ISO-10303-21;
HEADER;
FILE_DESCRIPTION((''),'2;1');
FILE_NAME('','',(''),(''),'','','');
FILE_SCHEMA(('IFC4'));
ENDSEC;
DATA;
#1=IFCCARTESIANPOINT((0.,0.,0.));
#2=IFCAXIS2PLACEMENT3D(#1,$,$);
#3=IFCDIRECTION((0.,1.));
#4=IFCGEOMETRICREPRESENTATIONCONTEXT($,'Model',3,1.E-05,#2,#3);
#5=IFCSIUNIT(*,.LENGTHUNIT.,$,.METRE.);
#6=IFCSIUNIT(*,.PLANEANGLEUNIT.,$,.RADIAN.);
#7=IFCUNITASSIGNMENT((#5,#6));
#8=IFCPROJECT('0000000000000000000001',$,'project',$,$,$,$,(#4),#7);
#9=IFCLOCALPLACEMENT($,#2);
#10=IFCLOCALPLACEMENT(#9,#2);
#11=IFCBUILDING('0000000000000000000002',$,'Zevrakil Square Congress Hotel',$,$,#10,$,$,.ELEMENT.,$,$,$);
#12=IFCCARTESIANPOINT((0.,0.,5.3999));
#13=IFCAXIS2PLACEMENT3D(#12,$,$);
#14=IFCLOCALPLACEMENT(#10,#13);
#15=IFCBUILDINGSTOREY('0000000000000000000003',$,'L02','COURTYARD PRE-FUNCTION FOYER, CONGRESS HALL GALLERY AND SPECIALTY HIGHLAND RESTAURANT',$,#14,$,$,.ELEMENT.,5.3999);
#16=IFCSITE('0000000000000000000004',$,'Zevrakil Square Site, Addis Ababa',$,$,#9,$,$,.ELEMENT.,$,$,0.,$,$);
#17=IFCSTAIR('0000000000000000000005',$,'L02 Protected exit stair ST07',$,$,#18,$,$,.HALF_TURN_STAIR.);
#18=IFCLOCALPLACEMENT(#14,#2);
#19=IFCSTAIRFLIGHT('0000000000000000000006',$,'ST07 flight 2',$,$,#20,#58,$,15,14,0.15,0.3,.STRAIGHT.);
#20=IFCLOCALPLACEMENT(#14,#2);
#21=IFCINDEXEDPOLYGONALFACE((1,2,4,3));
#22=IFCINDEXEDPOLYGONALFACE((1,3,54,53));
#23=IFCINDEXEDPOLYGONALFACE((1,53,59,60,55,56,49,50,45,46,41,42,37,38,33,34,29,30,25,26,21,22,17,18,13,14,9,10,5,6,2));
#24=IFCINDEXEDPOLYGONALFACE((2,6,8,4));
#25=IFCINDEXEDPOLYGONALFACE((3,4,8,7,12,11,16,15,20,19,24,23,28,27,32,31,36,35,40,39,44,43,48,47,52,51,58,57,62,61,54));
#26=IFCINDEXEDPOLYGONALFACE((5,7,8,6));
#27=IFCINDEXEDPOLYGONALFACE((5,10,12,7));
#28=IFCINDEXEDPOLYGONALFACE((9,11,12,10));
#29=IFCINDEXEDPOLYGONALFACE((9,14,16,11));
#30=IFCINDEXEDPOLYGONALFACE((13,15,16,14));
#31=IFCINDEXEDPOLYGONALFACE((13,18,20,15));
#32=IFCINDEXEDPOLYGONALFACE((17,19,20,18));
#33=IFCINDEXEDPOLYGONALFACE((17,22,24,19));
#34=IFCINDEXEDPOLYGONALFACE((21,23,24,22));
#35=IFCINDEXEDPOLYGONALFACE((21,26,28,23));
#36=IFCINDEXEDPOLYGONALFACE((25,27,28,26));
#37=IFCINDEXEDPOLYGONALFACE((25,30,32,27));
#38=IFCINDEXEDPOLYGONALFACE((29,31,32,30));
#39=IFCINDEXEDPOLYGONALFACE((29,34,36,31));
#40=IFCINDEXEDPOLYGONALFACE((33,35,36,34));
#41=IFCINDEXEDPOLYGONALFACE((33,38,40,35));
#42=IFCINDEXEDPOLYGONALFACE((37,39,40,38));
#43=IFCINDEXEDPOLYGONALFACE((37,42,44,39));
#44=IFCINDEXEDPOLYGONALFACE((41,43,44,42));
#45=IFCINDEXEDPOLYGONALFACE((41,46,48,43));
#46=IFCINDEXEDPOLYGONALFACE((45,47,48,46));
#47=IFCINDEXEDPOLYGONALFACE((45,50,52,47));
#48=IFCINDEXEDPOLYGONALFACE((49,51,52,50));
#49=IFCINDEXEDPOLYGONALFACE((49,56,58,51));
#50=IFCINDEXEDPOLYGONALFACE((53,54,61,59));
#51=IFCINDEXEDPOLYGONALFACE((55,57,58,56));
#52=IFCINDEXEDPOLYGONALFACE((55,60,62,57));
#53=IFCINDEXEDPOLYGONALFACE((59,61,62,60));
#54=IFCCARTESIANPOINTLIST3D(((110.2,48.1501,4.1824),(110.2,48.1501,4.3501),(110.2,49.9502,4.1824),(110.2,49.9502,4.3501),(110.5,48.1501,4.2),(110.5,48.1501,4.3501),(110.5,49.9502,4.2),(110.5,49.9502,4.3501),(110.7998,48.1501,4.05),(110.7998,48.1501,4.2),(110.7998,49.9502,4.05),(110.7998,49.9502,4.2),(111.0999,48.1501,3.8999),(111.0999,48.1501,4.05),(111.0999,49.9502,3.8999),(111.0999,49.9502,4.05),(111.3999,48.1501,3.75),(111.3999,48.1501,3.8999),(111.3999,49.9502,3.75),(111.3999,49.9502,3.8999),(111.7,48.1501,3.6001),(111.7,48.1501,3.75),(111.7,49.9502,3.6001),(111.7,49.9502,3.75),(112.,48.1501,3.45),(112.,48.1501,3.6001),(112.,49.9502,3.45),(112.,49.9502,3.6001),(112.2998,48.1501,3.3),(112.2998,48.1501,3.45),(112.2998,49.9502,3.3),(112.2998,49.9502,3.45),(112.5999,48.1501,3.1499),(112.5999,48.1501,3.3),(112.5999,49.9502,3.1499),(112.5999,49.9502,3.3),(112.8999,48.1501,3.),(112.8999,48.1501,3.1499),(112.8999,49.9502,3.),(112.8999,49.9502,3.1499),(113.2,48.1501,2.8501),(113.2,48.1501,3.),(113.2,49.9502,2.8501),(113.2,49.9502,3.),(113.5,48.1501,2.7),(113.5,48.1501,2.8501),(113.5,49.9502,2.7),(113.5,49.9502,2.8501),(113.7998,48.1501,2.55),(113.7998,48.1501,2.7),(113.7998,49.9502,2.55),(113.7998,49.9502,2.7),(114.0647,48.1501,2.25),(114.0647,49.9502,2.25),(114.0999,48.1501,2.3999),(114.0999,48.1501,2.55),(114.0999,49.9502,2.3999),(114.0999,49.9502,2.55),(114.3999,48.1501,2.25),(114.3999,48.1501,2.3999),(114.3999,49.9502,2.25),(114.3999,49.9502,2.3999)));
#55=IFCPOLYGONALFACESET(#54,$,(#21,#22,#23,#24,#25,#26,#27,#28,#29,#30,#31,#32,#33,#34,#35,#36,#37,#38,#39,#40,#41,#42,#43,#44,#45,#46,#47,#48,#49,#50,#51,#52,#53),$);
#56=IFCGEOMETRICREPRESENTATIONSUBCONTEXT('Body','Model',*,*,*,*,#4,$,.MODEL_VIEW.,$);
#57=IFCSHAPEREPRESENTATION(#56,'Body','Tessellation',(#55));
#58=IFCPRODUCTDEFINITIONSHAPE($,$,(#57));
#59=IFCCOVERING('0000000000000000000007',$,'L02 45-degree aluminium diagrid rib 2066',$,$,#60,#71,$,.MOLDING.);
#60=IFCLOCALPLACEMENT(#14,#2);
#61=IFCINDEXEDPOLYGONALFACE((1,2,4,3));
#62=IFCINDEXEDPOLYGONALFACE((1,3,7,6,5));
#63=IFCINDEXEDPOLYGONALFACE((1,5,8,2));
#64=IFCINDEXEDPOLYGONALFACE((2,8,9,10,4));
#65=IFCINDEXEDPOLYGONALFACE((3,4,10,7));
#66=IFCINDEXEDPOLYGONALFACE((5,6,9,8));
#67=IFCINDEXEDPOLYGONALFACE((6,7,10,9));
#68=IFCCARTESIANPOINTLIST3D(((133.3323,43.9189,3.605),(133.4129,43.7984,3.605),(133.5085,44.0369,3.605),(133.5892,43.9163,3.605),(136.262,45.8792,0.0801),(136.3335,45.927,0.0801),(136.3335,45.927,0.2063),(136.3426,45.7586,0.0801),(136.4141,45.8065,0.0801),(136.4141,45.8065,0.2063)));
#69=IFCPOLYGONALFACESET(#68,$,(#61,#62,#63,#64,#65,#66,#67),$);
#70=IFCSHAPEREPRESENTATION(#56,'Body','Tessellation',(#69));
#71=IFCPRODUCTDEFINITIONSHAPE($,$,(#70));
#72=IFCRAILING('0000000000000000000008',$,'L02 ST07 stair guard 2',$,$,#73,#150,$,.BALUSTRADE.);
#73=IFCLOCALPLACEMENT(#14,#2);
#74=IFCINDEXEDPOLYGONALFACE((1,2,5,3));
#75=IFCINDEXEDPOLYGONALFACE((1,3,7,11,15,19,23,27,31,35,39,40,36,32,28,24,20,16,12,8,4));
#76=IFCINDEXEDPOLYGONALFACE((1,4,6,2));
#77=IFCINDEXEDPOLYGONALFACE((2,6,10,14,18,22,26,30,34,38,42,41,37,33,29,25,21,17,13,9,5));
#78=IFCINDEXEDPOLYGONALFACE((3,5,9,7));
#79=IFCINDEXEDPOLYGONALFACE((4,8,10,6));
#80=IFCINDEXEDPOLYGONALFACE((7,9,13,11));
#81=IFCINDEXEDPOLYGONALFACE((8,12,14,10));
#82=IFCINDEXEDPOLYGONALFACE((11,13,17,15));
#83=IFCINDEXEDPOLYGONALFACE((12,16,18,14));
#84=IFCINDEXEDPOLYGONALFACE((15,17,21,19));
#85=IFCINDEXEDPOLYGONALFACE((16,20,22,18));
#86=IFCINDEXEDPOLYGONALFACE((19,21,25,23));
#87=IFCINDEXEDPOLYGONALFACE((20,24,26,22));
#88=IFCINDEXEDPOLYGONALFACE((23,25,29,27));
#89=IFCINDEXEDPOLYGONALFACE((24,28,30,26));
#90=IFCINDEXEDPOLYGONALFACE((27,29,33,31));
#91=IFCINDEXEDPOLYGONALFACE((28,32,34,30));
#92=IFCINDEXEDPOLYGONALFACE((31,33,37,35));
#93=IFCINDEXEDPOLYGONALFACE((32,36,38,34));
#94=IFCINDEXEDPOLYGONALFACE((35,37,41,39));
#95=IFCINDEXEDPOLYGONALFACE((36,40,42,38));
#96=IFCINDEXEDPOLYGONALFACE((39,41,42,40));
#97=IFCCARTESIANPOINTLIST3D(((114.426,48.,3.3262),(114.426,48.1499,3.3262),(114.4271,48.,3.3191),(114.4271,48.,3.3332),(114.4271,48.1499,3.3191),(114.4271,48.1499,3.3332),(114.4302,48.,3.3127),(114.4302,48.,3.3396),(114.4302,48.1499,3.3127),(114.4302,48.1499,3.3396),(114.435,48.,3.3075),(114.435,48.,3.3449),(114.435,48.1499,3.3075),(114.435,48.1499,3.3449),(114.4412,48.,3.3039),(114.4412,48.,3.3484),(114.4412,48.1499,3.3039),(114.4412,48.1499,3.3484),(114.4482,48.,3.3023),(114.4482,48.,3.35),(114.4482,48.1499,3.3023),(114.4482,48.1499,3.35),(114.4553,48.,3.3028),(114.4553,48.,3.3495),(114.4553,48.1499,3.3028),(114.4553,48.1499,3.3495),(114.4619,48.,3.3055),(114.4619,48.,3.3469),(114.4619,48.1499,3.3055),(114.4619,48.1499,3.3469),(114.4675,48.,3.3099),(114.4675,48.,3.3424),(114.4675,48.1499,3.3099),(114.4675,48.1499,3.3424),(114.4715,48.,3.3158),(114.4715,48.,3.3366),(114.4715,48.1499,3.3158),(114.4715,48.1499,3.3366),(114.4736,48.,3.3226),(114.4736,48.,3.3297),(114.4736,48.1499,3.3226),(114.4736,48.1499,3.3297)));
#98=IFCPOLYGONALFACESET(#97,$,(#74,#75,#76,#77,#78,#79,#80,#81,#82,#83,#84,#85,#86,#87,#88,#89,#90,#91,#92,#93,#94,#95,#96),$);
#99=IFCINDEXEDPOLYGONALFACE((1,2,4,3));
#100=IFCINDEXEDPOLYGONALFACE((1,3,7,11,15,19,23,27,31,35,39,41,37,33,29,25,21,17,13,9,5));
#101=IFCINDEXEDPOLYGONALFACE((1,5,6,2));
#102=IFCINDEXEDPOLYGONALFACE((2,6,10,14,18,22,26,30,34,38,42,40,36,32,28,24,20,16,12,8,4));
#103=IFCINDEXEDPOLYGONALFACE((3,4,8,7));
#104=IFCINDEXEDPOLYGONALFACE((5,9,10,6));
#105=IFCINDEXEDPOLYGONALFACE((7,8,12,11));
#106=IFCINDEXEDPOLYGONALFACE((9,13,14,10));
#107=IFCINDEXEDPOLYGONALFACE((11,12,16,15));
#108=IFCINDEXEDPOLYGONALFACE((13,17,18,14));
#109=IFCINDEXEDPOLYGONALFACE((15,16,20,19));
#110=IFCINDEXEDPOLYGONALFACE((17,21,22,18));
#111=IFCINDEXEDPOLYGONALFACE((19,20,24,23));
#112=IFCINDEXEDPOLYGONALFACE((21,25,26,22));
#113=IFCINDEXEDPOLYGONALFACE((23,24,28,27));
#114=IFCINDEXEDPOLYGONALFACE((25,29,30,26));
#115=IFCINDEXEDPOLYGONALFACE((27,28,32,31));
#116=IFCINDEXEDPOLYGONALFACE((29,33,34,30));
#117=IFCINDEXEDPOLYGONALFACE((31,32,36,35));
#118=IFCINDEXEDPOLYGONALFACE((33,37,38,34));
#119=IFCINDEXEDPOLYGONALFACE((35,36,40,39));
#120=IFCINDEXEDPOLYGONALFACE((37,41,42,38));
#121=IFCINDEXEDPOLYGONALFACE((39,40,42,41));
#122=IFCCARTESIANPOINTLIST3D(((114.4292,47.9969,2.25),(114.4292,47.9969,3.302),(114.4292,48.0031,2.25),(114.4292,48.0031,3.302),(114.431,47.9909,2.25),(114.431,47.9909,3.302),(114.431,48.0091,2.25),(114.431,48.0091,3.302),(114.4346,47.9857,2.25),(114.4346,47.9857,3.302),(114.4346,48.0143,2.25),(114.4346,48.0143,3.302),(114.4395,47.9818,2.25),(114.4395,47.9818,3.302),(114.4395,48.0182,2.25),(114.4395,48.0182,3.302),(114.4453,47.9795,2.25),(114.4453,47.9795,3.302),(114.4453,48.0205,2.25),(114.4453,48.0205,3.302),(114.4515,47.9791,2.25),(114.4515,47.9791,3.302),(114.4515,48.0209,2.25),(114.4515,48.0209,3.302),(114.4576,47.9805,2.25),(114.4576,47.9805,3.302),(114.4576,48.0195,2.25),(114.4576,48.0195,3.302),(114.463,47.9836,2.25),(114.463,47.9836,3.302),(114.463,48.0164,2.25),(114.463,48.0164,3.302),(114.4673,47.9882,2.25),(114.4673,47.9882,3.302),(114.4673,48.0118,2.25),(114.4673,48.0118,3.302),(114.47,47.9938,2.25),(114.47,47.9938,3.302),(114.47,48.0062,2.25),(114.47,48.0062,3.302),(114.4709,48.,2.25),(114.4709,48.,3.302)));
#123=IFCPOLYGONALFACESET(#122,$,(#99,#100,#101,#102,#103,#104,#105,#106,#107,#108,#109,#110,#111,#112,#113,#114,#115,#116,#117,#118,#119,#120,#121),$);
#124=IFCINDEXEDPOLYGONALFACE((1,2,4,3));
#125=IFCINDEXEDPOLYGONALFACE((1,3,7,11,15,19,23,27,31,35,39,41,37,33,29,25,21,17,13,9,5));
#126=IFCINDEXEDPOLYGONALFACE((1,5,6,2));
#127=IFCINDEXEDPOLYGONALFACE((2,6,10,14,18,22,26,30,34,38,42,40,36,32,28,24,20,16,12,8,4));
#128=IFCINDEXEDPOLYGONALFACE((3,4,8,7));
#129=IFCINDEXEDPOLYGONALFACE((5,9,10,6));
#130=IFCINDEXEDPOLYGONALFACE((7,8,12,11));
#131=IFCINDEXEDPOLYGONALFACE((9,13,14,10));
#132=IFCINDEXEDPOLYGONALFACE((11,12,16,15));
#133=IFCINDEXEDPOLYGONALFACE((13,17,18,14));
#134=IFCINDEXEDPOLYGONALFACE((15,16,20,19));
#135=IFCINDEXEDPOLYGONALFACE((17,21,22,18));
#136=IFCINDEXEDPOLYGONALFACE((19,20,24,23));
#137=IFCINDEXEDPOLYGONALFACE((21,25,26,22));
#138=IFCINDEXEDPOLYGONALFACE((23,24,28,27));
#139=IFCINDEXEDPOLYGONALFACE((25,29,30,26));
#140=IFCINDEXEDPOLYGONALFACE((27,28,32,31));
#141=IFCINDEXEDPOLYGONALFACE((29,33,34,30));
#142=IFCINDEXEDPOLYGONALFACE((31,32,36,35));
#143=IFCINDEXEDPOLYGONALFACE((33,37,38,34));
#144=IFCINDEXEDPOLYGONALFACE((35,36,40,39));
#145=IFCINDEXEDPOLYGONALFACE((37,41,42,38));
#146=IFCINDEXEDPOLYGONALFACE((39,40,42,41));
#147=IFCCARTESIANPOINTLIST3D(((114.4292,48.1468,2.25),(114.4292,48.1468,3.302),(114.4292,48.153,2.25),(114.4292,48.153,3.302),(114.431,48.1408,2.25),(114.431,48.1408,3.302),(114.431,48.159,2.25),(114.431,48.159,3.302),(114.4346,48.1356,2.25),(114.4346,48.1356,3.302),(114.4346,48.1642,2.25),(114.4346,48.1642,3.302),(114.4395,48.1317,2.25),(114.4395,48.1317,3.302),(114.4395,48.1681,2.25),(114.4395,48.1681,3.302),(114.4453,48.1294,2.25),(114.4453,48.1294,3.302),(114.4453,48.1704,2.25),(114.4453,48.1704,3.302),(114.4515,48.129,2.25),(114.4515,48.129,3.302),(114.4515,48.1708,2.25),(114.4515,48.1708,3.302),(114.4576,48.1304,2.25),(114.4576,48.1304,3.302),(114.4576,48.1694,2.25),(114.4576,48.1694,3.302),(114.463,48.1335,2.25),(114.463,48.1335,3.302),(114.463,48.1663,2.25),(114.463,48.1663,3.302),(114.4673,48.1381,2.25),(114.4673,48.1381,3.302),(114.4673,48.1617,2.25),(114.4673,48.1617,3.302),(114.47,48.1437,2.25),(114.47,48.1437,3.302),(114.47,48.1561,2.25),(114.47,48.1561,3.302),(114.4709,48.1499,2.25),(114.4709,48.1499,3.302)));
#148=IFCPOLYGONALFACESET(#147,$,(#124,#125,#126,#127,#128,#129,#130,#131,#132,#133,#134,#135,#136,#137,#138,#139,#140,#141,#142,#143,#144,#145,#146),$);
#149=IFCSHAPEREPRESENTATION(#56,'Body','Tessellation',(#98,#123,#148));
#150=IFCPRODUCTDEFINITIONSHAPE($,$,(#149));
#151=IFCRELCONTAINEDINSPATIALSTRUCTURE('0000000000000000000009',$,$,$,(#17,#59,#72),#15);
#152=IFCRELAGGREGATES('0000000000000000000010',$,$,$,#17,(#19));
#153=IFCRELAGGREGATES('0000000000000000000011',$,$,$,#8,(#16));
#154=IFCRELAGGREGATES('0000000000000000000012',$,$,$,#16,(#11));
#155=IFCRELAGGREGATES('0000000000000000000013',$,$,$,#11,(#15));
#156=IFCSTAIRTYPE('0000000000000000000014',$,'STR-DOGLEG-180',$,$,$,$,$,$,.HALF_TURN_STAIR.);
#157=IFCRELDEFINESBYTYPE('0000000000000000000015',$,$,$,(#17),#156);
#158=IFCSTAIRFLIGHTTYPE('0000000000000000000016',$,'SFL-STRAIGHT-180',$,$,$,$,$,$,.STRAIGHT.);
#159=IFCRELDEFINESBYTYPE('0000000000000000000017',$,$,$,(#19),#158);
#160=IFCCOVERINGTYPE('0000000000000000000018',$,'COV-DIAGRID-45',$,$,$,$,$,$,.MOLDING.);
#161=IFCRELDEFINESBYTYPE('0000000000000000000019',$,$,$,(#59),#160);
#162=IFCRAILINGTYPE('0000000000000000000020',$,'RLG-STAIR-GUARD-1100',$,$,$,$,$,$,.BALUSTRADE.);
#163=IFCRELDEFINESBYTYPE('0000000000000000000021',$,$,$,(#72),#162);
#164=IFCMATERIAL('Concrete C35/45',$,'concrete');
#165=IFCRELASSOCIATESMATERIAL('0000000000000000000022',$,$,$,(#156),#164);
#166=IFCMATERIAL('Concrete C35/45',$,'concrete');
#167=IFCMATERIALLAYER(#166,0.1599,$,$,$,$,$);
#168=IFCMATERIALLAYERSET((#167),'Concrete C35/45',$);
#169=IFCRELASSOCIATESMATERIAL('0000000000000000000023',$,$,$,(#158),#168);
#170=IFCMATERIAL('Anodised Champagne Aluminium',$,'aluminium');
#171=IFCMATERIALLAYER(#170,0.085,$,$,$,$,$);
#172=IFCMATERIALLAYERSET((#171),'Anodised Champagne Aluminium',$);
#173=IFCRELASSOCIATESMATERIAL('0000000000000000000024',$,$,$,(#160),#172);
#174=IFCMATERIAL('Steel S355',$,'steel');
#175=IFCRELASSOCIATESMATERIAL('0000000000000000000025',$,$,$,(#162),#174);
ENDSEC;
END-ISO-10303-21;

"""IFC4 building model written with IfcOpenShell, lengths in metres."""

from ifc_helpers import new_model, si_unit, direction, frame, origin, origin_2d, place, context, subcontext, project, spatial, polyline, circle, outline, extrude, material, layer, layer_set, type_object, element, aggregate, save


model = new_model("IFC4")

# Units and contexts
model_context = context("Model", 3, precision=1e-05, world=origin(), true_north=direction((0.0, 1.0)))
body_context = subcontext(model_context, "Body", "Model", "MODEL_VIEW")
ifc_project = project(units=[si_unit("LENGTHUNIT", "METRE"), si_unit("PLANEANGLEUNIT", "RADIAN")], contexts=[model_context])

# Site, building, storey
site_placement = place(None, origin())
site = spatial("IfcSite", under=ifc_project, at=site_placement, Name="Zevrakil Square Site, Addis Ababa", CompositionType="ELEMENT", RefElevation=0.0)
building_placement = place(site_placement, origin())
building = spatial("IfcBuilding", under=site, at=building_placement, Name="Zevrakil Square Congress Hotel", CompositionType="ELEMENT")
storey_placement = place(building_placement, frame((0.0, 0.0, 5.3999)))
storey = spatial("IfcBuildingStorey", under=building, at=storey_placement, Name="L02", Description="COURTYARD PRE-FUNCTION FOYER, CONGRESS HALL GALLERY AND SPECIALTY HIGHLAND RESTAURANT", CompositionType="ELEMENT", Elevation=5.3999)

# Stair, stair flight
ifc_material_1 = material(Name="Concrete C35/45", Category="concrete")
stair_type = type_object("IfcStairType", Name="STR-DOGLEG-180", PredefinedType="HALF_TURN_STAIR", material=ifc_material_1)
stair_placement = place(storey_placement, origin())
stair = element("IfcStair", 1, at=stair_placement, inside=storey, type_object=stair_type, Name="L02 Protected exit stair ST07", PredefinedType="HALF_TURN_STAIR")
ifc_material_2 = material(Name="Concrete C35/45", Category="concrete")
ifc_layer_1 = layer(ifc_material_2, 0.1599)
ifc_layer_set_1 = layer_set([ifc_layer_1], Name="Concrete C35/45")
stair_flight_type = type_object("IfcStairFlightType", Name="SFL-STRAIGHT-180", PredefinedType="STRAIGHT", material=ifc_layer_set_1)
stair_flight_placement = place(storey_placement, frame((114.3999, 49.05, 2.25), z_axis=(0.0, 0.0, 1.0), x_axis=(-1.0, 0.0, 0.0)))
stair_flight = element("IfcStairFlight", 2, at=stair_flight_placement, type_object=stair_flight_type, Name="ST07 flight 2", NumberOfRisers=15, NumberOfTreads=14, PredefinedType="STRAIGHT", RiserHeight=0.15, TreadLength=0.3, context=body_context, shape_type="SweptSolid", body=[
    extrude(outline(polyline([(0.0, 0.0), (0.0, 0.1499), (0.3, 0.1499), (0.3, 0.3), (0.6001, 0.3), (0.6001, 0.45), (0.8999, 0.45), (0.8999, 0.6001), (1.2, 0.6001), (1.2, 0.75), (1.5, 0.75), (1.5, 0.8999), (1.8, 0.8999), (1.8, 1.05), (2.1001, 1.05), (2.1001, 1.2), (2.3999, 1.2), (2.3999, 1.3501), (2.7, 1.3501), (2.7, 1.5), (3.0, 1.5), (3.0, 1.6499), (3.3, 1.6499), (3.3, 1.8), (3.6001, 1.8), (3.6001, 1.95), (3.8999, 1.95), (3.8999, 2.1001), (4.2, 2.1001), (4.2, 2.25), (4.2, 1.9324), (0.3352, 0.0), (0.0, 0.0)])), frame((0.0, 0.8999, 0.0), z_axis=(0.0, -1.0, 0.0), x_axis=(1.0, 0.0, 0.0)), (0.0, 0.0, 1.0), 1.8),
])
aggregate(stair, [stair_flight])

# Covering
ifc_material_3 = material(Name="Anodised Champagne Aluminium", Category="aluminium")
ifc_layer_2 = layer(ifc_material_3, 0.085)
ifc_layer_set_2 = layer_set([ifc_layer_2], Name="Anodised Champagne Aluminium")
covering_type = type_object("IfcCoveringType", Name="COV-DIAGRID-45", PredefinedType="MOLDING", material=ifc_layer_set_2)
covering_1_placement = place(storey_placement, frame((136.262, 45.8792, 0.0801), z_axis=(-0.556042, 0.831154, 0.000058), x_axis=(0.831154, 0.556042, 0.0)))
element("IfcCovering", 3, at=covering_1_placement, inside=storey, type_object=covering_type, Name="L02 45-degree aluminium diagrid rib 2066", PredefinedType="MOLDING", context=body_context, shape_type="SweptSolid", body=[
    extrude(outline(polyline([(0.0, 0.0), (0.0861, 0.0), (0.0861, -0.1262), (-3.3129, -3.5249), (-3.525, -3.5249), (0.0, 0.0)])), origin(), (0.0, 0.0, -1.0), 0.145),
])

# Railing
ifc_material_4 = material(Name="Steel S355", Category="steel")
railing_type_1 = type_object("IfcRailingType", Name="RLG-STAIR-GUARD-1100", PredefinedType="BALUSTRADE", material=ifc_material_4)
railing_1_placement = place(storey_placement, frame((114.45, 48.0, 2.25)))
element("IfcRailing", 4, at=railing_1_placement, inside=storey, type_object=railing_type_1, Name="L02 ST07 stair guard 2", PredefinedType="BALUSTRADE", context=body_context, shape_type="SweptSolid", body=[
    extrude(circle(Radius=0.0239, at=origin_2d()), frame((0.0, 0.0, 1.0762), z_axis=(0.0, 1.0, 0.0), x_axis=(-1.0, 0.0, 0.0)), (0.0, 0.0, 1.0), 0.1499),
    extrude(circle(Radius=0.021, at=origin_2d()), origin(), (0.0, 0.0, 1.0), 1.052),
    extrude(circle(Radius=0.021, at=origin_2d()), frame((0.0, 0.1499, 0.0)), (0.0, 0.0, 1.0), 1.052),
])

save(model, "model.ifc")
